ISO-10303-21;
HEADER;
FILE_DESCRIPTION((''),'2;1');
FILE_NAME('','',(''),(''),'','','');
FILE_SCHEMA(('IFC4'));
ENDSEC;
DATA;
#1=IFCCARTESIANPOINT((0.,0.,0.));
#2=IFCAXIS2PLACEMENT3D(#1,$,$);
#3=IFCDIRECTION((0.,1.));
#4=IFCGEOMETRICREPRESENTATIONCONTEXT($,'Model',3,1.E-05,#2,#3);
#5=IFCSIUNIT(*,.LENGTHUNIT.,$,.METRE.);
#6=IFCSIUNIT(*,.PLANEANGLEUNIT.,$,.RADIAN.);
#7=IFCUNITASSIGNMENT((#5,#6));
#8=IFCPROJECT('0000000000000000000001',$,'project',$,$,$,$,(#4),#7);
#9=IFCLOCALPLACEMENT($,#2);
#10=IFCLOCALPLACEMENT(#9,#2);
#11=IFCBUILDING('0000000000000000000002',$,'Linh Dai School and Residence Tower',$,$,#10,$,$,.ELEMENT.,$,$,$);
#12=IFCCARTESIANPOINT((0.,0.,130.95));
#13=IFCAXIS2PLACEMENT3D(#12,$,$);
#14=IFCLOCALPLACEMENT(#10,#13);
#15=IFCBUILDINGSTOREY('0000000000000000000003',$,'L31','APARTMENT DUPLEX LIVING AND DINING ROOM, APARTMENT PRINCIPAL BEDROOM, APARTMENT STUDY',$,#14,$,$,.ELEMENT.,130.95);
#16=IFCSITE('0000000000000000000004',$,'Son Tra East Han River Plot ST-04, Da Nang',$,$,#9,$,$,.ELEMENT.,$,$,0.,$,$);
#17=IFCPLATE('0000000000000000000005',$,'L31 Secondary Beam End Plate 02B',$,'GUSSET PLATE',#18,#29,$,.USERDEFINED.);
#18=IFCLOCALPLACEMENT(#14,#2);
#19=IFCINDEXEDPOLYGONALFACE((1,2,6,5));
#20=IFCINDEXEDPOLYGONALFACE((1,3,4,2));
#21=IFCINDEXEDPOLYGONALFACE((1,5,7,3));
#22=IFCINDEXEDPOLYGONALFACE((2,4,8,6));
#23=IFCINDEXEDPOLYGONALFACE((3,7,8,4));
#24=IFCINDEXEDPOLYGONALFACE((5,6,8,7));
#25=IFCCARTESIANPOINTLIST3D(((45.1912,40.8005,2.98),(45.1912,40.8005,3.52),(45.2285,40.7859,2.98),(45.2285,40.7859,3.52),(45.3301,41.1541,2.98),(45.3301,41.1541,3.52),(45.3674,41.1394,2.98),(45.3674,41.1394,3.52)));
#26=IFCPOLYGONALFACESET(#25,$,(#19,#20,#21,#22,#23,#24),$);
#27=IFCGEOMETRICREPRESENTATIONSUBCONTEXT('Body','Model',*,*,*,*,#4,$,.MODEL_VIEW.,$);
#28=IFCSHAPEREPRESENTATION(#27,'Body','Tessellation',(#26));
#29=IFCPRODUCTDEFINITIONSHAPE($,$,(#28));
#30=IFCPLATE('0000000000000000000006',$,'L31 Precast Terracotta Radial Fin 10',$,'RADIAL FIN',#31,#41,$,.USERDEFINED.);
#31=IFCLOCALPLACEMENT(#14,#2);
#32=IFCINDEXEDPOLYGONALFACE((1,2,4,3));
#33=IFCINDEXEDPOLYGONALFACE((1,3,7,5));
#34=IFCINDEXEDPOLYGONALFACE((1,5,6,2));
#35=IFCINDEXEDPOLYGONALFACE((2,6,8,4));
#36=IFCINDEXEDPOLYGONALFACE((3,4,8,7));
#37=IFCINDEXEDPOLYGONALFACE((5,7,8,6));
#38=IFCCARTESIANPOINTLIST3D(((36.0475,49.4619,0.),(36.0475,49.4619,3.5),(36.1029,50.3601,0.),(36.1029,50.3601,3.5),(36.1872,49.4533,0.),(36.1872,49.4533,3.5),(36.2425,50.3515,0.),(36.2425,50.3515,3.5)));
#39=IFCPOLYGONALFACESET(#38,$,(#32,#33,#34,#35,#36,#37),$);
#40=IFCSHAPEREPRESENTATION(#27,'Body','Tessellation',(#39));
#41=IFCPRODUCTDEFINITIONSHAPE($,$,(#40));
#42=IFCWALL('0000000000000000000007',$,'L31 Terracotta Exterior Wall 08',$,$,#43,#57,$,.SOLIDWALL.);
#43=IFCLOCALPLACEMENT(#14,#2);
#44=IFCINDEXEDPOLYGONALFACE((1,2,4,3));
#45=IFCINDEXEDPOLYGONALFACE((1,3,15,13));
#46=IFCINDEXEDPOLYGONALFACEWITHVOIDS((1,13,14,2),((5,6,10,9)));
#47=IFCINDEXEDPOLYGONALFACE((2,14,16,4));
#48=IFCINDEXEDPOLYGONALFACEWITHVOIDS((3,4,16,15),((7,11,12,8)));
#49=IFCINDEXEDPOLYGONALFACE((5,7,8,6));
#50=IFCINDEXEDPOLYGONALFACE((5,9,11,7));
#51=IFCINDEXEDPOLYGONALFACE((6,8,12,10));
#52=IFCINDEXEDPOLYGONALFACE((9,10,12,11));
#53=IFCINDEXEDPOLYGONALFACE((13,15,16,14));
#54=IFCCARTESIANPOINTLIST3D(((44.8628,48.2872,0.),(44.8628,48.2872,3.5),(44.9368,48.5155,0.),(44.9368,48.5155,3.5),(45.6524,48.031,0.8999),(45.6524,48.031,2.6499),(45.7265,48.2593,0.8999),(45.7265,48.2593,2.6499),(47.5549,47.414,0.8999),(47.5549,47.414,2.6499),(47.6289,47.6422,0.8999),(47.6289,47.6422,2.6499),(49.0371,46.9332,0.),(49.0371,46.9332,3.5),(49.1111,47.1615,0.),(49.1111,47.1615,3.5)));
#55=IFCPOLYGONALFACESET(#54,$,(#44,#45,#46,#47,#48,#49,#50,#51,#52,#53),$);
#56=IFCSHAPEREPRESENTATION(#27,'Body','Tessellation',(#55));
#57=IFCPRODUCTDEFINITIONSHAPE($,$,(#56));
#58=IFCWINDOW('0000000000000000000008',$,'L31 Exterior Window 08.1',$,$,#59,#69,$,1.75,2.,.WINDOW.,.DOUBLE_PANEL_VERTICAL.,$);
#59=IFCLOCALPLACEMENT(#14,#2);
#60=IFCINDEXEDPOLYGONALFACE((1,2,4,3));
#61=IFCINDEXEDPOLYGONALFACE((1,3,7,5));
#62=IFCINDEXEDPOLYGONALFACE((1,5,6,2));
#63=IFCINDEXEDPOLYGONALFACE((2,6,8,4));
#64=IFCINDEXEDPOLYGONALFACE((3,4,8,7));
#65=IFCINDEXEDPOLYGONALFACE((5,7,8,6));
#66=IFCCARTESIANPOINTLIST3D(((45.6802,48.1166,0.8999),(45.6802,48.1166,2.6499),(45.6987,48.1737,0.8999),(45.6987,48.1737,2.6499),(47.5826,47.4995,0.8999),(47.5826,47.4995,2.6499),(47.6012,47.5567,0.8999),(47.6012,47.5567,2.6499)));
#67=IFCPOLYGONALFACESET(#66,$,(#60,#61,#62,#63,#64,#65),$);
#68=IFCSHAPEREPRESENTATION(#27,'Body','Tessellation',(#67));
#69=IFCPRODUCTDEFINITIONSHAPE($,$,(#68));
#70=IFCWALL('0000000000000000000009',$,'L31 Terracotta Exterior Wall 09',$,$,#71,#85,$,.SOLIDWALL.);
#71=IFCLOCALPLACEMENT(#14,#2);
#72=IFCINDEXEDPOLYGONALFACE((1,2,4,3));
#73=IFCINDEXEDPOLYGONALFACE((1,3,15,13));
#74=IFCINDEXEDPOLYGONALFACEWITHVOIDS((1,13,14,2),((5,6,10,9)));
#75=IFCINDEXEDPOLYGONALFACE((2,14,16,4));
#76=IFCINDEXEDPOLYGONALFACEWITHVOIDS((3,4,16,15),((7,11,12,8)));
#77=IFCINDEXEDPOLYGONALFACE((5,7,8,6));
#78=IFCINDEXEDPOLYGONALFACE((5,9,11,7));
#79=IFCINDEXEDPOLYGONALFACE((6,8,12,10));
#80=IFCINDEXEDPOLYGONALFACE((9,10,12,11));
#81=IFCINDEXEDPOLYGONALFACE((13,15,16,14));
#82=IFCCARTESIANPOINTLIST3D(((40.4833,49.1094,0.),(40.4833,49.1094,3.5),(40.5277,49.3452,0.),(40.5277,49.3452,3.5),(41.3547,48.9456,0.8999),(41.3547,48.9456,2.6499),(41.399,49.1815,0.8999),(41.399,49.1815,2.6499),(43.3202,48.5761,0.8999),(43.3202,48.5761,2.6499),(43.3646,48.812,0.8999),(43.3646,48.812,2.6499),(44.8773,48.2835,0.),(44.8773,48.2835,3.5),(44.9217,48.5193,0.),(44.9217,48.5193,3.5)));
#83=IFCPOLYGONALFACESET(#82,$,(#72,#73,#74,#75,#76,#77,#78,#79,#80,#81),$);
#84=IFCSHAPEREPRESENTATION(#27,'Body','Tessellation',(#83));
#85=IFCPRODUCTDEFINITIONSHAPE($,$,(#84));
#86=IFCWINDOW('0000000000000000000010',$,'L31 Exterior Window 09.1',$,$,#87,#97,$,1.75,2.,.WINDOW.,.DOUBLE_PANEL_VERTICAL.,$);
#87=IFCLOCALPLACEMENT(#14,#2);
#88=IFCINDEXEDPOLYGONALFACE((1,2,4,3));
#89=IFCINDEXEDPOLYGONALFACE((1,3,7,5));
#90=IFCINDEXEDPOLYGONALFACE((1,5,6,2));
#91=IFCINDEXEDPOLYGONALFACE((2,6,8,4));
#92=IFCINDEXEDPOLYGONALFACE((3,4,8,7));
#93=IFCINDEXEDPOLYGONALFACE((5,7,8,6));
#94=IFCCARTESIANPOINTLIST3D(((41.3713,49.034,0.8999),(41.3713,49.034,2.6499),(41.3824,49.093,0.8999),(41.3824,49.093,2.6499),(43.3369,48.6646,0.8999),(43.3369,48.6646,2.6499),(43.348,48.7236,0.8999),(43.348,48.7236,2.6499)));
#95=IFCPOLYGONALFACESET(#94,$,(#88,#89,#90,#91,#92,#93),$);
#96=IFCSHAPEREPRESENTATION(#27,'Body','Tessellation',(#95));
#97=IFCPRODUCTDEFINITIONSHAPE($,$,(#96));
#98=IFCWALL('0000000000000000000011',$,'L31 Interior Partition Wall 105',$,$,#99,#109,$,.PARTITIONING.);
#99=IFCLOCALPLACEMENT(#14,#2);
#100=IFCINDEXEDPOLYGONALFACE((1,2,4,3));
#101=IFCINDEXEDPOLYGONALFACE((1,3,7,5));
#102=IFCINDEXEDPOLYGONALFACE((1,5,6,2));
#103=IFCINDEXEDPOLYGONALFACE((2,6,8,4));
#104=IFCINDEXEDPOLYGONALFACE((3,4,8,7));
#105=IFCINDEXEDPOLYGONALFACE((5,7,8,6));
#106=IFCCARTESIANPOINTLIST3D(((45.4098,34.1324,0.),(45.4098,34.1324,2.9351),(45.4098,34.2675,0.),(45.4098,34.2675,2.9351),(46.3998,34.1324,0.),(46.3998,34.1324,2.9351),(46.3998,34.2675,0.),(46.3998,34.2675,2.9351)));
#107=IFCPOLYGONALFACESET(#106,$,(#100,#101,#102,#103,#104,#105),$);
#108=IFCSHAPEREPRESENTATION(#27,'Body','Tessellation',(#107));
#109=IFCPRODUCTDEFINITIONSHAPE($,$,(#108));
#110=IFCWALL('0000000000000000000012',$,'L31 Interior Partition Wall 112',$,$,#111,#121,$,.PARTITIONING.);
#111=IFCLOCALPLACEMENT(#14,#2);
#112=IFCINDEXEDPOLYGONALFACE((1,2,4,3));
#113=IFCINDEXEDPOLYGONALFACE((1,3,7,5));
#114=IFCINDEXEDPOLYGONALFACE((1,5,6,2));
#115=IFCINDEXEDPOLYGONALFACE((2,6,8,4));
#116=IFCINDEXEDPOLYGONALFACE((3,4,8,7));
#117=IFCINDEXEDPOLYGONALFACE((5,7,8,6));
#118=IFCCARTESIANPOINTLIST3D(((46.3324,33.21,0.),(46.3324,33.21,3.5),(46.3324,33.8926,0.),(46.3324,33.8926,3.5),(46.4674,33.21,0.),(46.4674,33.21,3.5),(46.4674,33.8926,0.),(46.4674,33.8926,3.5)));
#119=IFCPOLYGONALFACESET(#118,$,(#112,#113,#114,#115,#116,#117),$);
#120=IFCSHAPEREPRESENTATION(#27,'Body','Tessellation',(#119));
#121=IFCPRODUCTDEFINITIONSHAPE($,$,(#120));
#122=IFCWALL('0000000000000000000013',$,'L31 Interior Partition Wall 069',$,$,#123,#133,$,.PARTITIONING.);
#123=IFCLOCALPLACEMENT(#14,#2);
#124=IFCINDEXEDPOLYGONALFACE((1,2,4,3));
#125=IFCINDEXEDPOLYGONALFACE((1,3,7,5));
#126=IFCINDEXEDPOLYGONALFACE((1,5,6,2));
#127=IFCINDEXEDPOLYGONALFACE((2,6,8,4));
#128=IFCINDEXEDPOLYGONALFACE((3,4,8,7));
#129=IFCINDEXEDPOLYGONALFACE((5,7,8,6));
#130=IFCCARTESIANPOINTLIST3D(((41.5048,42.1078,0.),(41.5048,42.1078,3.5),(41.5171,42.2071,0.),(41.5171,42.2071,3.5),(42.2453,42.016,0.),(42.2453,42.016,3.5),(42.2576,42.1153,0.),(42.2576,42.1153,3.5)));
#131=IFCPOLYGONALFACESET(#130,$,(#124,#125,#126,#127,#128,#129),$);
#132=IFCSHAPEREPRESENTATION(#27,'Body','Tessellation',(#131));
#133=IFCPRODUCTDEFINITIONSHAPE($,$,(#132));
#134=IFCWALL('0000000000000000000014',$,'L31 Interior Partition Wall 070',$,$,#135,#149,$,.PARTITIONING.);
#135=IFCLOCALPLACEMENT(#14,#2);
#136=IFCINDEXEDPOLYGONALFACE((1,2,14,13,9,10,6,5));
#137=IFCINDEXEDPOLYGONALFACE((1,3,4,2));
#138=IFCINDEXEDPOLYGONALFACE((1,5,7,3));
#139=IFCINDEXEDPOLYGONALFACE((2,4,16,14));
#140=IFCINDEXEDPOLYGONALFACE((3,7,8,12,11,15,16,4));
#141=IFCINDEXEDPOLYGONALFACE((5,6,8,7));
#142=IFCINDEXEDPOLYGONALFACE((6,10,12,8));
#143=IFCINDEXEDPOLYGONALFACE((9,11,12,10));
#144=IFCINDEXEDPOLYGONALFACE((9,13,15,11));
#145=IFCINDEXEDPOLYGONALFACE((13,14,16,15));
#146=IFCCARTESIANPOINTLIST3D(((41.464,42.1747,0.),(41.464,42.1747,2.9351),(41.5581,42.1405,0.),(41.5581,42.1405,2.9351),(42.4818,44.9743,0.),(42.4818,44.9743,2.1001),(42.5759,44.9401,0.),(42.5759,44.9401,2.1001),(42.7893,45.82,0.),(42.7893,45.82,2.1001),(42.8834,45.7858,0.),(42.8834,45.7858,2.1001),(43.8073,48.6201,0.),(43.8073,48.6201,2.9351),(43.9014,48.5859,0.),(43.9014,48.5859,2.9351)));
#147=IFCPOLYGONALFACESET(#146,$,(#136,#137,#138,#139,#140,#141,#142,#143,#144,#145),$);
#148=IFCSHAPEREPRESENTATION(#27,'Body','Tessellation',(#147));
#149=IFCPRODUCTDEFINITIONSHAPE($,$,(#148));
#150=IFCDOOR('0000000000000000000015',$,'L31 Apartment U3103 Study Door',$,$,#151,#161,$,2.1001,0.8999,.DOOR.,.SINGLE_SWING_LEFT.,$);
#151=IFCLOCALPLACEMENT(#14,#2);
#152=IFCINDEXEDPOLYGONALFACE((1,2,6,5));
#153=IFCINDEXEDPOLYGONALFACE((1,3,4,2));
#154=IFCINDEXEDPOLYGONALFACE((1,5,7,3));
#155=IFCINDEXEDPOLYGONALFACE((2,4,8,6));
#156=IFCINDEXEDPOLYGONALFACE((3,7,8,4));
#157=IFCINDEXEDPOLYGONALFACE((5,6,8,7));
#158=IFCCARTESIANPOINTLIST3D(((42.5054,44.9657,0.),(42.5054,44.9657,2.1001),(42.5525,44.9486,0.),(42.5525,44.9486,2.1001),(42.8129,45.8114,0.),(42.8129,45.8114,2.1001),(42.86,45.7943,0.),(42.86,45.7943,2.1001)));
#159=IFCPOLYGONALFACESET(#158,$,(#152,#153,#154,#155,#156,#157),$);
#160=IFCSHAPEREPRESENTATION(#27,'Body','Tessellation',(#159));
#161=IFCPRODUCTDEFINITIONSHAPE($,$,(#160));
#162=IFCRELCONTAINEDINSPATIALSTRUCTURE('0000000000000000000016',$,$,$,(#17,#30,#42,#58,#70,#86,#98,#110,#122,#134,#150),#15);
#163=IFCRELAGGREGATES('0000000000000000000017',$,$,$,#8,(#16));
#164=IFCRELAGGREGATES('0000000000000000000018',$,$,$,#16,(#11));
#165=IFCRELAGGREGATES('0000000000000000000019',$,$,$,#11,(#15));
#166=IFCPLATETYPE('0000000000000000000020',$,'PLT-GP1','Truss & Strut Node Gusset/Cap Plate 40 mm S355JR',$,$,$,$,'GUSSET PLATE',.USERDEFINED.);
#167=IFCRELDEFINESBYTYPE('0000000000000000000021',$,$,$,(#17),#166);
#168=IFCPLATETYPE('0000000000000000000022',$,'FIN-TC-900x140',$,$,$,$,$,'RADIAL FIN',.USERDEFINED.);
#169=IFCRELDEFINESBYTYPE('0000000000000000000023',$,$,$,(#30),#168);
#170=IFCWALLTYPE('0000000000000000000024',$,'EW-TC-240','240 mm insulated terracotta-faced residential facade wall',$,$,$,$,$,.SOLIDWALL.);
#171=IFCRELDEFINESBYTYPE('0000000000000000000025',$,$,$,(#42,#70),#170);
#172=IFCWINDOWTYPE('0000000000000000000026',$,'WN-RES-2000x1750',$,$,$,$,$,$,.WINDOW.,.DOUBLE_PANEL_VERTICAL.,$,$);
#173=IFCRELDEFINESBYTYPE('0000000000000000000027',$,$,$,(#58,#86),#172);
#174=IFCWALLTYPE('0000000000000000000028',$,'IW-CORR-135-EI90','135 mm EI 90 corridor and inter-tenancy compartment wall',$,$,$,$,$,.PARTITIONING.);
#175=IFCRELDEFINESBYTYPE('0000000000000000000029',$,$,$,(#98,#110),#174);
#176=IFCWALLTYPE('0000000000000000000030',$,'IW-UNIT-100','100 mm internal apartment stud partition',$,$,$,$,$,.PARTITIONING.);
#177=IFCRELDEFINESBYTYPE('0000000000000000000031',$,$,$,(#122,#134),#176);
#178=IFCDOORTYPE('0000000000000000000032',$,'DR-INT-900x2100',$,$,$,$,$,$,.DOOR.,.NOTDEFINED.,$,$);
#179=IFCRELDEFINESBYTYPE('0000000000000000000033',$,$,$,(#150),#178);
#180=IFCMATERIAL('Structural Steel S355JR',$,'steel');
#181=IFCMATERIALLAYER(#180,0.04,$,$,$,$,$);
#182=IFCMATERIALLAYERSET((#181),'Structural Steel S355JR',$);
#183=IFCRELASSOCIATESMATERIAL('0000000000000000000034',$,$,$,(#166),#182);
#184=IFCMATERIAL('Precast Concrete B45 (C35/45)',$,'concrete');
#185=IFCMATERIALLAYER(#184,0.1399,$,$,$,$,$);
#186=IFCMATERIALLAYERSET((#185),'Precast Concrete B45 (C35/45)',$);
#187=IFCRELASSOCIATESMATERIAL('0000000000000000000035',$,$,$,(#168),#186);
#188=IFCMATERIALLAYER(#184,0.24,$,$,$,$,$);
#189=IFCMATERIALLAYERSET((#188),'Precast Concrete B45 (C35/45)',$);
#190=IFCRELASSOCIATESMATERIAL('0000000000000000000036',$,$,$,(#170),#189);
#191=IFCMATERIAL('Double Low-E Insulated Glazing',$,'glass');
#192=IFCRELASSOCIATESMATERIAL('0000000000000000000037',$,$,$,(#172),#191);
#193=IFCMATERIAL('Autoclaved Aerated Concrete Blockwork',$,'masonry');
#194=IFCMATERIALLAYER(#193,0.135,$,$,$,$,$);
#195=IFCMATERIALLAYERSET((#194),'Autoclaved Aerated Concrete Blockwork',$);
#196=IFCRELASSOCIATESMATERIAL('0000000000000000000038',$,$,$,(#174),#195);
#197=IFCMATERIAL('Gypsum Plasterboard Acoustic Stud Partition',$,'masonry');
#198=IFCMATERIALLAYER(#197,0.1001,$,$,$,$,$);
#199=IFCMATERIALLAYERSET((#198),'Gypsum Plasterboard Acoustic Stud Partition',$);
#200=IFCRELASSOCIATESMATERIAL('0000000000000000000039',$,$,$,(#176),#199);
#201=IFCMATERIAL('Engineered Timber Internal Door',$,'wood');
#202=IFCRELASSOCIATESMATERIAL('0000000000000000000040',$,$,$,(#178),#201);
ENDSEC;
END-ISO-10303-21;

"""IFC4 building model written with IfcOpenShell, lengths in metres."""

from ifc_helpers import new_model, si_unit, direction, frame, frame_2d, origin, origin_2d, place, context, subcontext, project, spatial, rectangle, extrude, source, transform, mapped, material, layer, layer_set, type_object, element, fill, save


model = new_model("IFC4")

# Units and contexts
model_context = context("Model", 3, precision=1e-05, world=origin(), true_north=direction((0.0, 1.0)))
body_context = subcontext(model_context, "Body", "Model", "MODEL_VIEW")
ifc_project = project(units=[si_unit("LENGTHUNIT", "METRE"), si_unit("PLANEANGLEUNIT", "RADIAN")], contexts=[model_context])

# Site, building, storey
site_placement = place(None, origin())
site = spatial("IfcSite", under=ifc_project, at=site_placement, Name="Son Tra East Han River Plot ST-04, Da Nang", CompositionType="ELEMENT", RefElevation=0.0)
building_placement = place(site_placement, origin())
building = spatial("IfcBuilding", under=site, at=building_placement, Name="Linh Dai School and Residence Tower", CompositionType="ELEMENT")
storey_placement = place(building_placement, frame((0.0, 0.0, 130.95)))
storey = spatial("IfcBuildingStorey", under=building, at=storey_placement, Name="L31", Description="APARTMENT DUPLEX LIVING AND DINING ROOM, APARTMENT PRINCIPAL BEDROOM, APARTMENT STUDY", CompositionType="ELEMENT", Elevation=130.95)

# Shared definitions
ifc_material_1 = material(Name="Structural Steel S355JR", Category="steel")

# Plates
ifc_layer_1 = layer(ifc_material_1, 0.04)
ifc_layer_set_1 = layer_set([ifc_layer_1], Name="Structural Steel S355JR")
plate_type_1 = type_object("IfcPlateType", Name="PLT-GP1", Description="Truss & Strut Node Gusset/Cap Plate 40 mm S355JR", ElementType="GUSSET PLATE", PredefinedType="USERDEFINED", material=ifc_layer_set_1)
shared_shape_1 = source(origin(), body_context, "Body", "SweptSolid", [
    extrude(rectangle(XDim=0.04, YDim=0.3799, at=origin_2d()), origin(), (0.0, 0.0, 1.0), 0.54),
])
plate_1_placement = place(storey_placement, frame((45.2793, 40.97, 2.98), z_axis=(0.0, 0.0, 1.0), x_axis=(-0.930752, 0.36565, 0.0)))
element("IfcPlate", 1, at=plate_1_placement, inside=storey, type_object=plate_type_1, Name="L31 Secondary Beam End Plate 02B", ObjectType="GUSSET PLATE", PredefinedType="USERDEFINED", context=body_context, shape_type="MappedRepresentation", body=[
    mapped(shared_shape_1, transform((0.0, 0.0, 0.0), x_axis=(1.0, 0.0, 0.0), y_axis=(0.0, 1.0, 0.0), z_axis=(0.0, 0.0, 1.0), scale=1.0)),
])
ifc_material_2 = material(Name="Precast Concrete B45 (C35/45)", Category="concrete")
ifc_layer_2 = layer(ifc_material_2, 0.1399)
ifc_layer_set_2 = layer_set([ifc_layer_2], Name="Precast Concrete B45 (C35/45)")
plate_type_2 = type_object("IfcPlateType", Name="FIN-TC-900x140", ElementType="RADIAL FIN", PredefinedType="USERDEFINED", material=ifc_layer_set_2)
shared_shape_2 = source(origin(), body_context, "Body", "SweptSolid", [
    extrude(rectangle(XDim=0.8999, YDim=0.1399, at=origin_2d()), origin(), (0.0, 0.0, 1.0), 3.5),
])
plate_2_placement = place(storey_placement, frame((36.145, 49.9067, 0.0), z_axis=(0.0, 0.0, 1.0), x_axis=(0.061509, 0.998107, 0.0)))
element("IfcPlate", 2, at=plate_2_placement, inside=storey, type_object=plate_type_2, Name="L31 Precast Terracotta Radial Fin 10", ObjectType="RADIAL FIN", PredefinedType="USERDEFINED", context=body_context, shape_type="MappedRepresentation", body=[
    mapped(shared_shape_2, transform((0.0, 0.0, 0.0), x_axis=(1.0, 0.0, 0.0), y_axis=(0.0, 1.0, 0.0), z_axis=(0.0, 0.0, 1.0), scale=1.0)),
])

# Walls, openings, windows
ifc_layer_3 = layer(ifc_material_2, 0.24)
ifc_layer_set_3 = layer_set([ifc_layer_3], Name="Precast Concrete B45 (C35/45)")
wall_type_1 = type_object("IfcWallType", Name="EW-TC-240", Description="240 mm insulated terracotta-faced residential facade wall", PredefinedType="SOLIDWALL", material=ifc_layer_set_3)
wall_1_placement = place(storey_placement, frame((44.8997, 48.4014, 0.0), z_axis=(0.0, 0.0, 1.0), x_axis=(0.951211, -0.30854, 0.0)))
wall_1 = element("IfcWall", 3, at=wall_1_placement, inside=storey, type_object=wall_type_1, Name="L31 Terracotta Exterior Wall 08", PredefinedType="SOLIDWALL", context=body_context, shape_type="SweptSolid", body=[
    extrude(rectangle(XDim=4.3884, YDim=0.24, at=frame_2d((2.1943, 0.0))), origin(), (0.0, 0.0, 1.0), 3.5),
])
opening_1_placement = place(wall_1_placement, frame((0.8303, 0.0, 0.8999)))
opening_1 = element("IfcOpeningElement", 4, at=opening_1_placement, cuts=wall_1, PredefinedType="OPENING", context=body_context, shape_type="SweptSolid", body=[
    extrude(rectangle(XDim=2.0, YDim=1.75, at=origin_2d()), frame((1.0, 0.1299, 0.875), z_axis=(0.0, -1.0, 0.0), x_axis=(1.0, 0.0, 0.0)), (0.0, 0.0, 1.0), 0.26),
])
ifc_material_3 = material(Name="Double Low-E Insulated Glazing", Category="glass")
window_type = type_object("IfcWindowType", Name="WN-RES-2000x1750", PartitioningType="DOUBLE_PANEL_VERTICAL", PredefinedType="WINDOW", material=ifc_material_3)
shared_shape_3 = source(origin(), body_context, "Body", "SweptSolid", [
    extrude(rectangle(XDim=2.0, YDim=1.75, at=origin_2d()), frame((1.0, 0.03, 0.875), z_axis=(0.0, -1.0, 0.0), x_axis=(1.0, 0.0, 0.0)), (0.0, 0.0, 1.0), 0.0601),
])
window_1_placement = place(opening_1_placement, origin())
window_1 = element("IfcWindow", 5, at=window_1_placement, inside=storey, type_object=window_type, Name="L31 Exterior Window 08.1", OverallHeight=1.75, OverallWidth=2.0, PartitioningType="DOUBLE_PANEL_VERTICAL", PredefinedType="WINDOW", context=body_context, shape_type="MappedRepresentation", body=[
    mapped(shared_shape_3, transform((0.0, 0.0, 0.0), x_axis=(1.0, 0.0, 0.0), y_axis=(0.0, 1.0, 0.0), z_axis=(0.0, 0.0, 1.0), scale=1.0)),
])
fill(opening_1, window_1)
wall_2_placement = place(storey_placement, frame((40.5056, 49.2273, 0.0), z_axis=(0.0, 0.0, 1.0), x_axis=(0.982789, -0.18473, 0.0)))
wall_2 = element("IfcWall", 6, at=wall_2_placement, inside=storey, type_object=wall_type_1, Name="L31 Terracotta Exterior Wall 09", PredefinedType="SOLIDWALL", context=body_context, shape_type="SweptSolid", body=[
    extrude(rectangle(XDim=4.4709, YDim=0.24, at=frame_2d((2.2354, 0.0))), origin(), (0.0, 0.0, 1.0), 3.5),
])
opening_2_placement = place(wall_2_placement, frame((0.8865, 0.0, 0.8999)))
opening_2 = element("IfcOpeningElement", 7, at=opening_2_placement, cuts=wall_2, PredefinedType="OPENING", context=body_context, shape_type="SweptSolid", body=[
    extrude(rectangle(XDim=2.0, YDim=1.75, at=origin_2d()), frame((1.0, 0.1299, 0.875), z_axis=(0.0, -1.0, 0.0), x_axis=(1.0, 0.0, 0.0)), (0.0, 0.0, 1.0), 0.26),
])
window_2_placement = place(opening_2_placement, origin())
window_2 = element("IfcWindow", 8, at=window_2_placement, inside=storey, type_object=window_type, Name="L31 Exterior Window 09.1", OverallHeight=1.75, OverallWidth=2.0, PartitioningType="DOUBLE_PANEL_VERTICAL", PredefinedType="WINDOW", context=body_context, shape_type="MappedRepresentation", body=[
    mapped(shared_shape_3, transform((0.0, 0.0, 0.0), x_axis=(1.0, 0.0, 0.0), y_axis=(0.0, 1.0, 0.0), z_axis=(0.0, 0.0, 1.0), scale=1.0)),
])
fill(opening_2, window_2)

# Walls
ifc_material_4 = material(Name="Autoclaved Aerated Concrete Blockwork", Category="masonry")
ifc_layer_4 = layer(ifc_material_4, 0.135)
ifc_layer_set_4 = layer_set([ifc_layer_4], Name="Autoclaved Aerated Concrete Blockwork")
wall_type_2 = type_object("IfcWallType", Name="IW-CORR-135-EI90", Description="135 mm EI 90 corridor and inter-tenancy compartment wall", PredefinedType="PARTITIONING", material=ifc_layer_set_4)
wall_3_placement = place(storey_placement, frame((46.3999, 34.2, 0.0), z_axis=(0.0, 0.0, 1.0), x_axis=(-1.0, 0.0, 0.0)))
element("IfcWall", 9, at=wall_3_placement, inside=storey, type_object=wall_type_2, Name="L31 Interior Partition Wall 105", PredefinedType="PARTITIONING", context=body_context, shape_type="SweptSolid", body=[
    extrude(rectangle(XDim=0.99, YDim=0.135, at=frame_2d((0.4951, 0.0))), origin(), (0.0, 0.0, 1.0), 2.9351),
])
wall_4_placement = place(storey_placement, frame((46.3999, 33.21, 0.0), z_axis=(0.0, 0.0, 1.0), x_axis=(0.0, 1.0, 0.0)))
element("IfcWall", 10, at=wall_4_placement, inside=storey, type_object=wall_type_2, Name="L31 Interior Partition Wall 112", PredefinedType="PARTITIONING", context=body_context, shape_type="SweptSolid", body=[
    extrude(rectangle(XDim=0.6826, YDim=0.135, at=frame_2d((0.3413, 0.0))), origin(), (0.0, 0.0, 1.0), 3.5),
])
ifc_material_5 = material(Name="Gypsum Plasterboard Acoustic Stud Partition", Category="masonry")
ifc_layer_5 = layer(ifc_material_5, 0.1001)
ifc_layer_set_5 = layer_set([ifc_layer_5], Name="Gypsum Plasterboard Acoustic Stud Partition")
wall_type_3 = type_object("IfcWallType", Name="IW-UNIT-100", Description="100 mm internal apartment stud partition", PredefinedType="PARTITIONING", material=ifc_layer_set_5)
wall_5_placement = place(storey_placement, frame((41.511, 42.1575, 0.0), z_axis=(0.0, 0.0, 1.0), x_axis=(0.992403, -0.123028, 0.0)))
element("IfcWall", 11, at=wall_5_placement, inside=storey, type_object=wall_type_3, Name="L31 Interior Partition Wall 069", PredefinedType="PARTITIONING", context=body_context, shape_type="SweptSolid", body=[
    extrude(rectangle(XDim=0.7461, YDim=0.1001, at=frame_2d((0.373, 0.0))), origin(), (0.0, 0.0, 1.0), 3.5),
])

# Wall, opening, door
wall_6_placement = place(storey_placement, frame((41.511, 42.1575, 0.0), z_axis=(0.0, 0.0, 1.0), x_axis=(0.34168, 0.939816, 0.0)))
wall_6 = element("IfcWall", 12, at=wall_6_placement, inside=storey, type_object=wall_type_3, Name="L31 Interior Partition Wall 070", PredefinedType="PARTITIONING", context=body_context, shape_type="SweptSolid", body=[
    extrude(rectangle(XDim=6.8582, YDim=0.1001, at=frame_2d((3.4292, 0.0))), origin(), (0.0, 0.0, 1.0), 2.9351),
])
opening_3_placement = place(wall_6_placement, frame((2.979, 0.0, 0.0)))
opening_3 = element("IfcOpeningElement", 13, at=opening_3_placement, cuts=wall_6, PredefinedType="OPENING", context=body_context, shape_type="SweptSolid", body=[
    extrude(rectangle(XDim=0.8999, YDim=2.1001, at=origin_2d()), frame((0.45, 0.0601, 1.05), z_axis=(0.0, -1.0, 0.0), x_axis=(1.0, 0.0, 0.0)), (0.0, 0.0, 1.0), 0.1201),
])
ifc_material_6 = material(Name="Engineered Timber Internal Door", Category="wood")
door_type_1 = type_object("IfcDoorType", Name="DR-INT-900x2100", OperationType="NOTDEFINED", PredefinedType="DOOR", material=ifc_material_6)
shared_shape_4 = source(origin(), body_context, "Body", "SweptSolid", [
    extrude(rectangle(XDim=0.8999, YDim=2.1001, at=origin_2d()), frame((0.45, 0.0249, 1.05), z_axis=(0.0, -1.0, 0.0), x_axis=(1.0, 0.0, 0.0)), (0.0, 0.0, 1.0), 0.05),
])
door_1_placement = place(opening_3_placement, origin())
door_1 = element("IfcDoor", 14, at=door_1_placement, inside=storey, type_object=door_type_1, Name="L31 Apartment U3103 Study Door", OperationType="SINGLE_SWING_LEFT", OverallHeight=2.1001, OverallWidth=0.8999, PredefinedType="DOOR", context=body_context, shape_type="MappedRepresentation", body=[
    mapped(shared_shape_4, transform((0.0, 0.0, 0.0), x_axis=(1.0, 0.0, 0.0), y_axis=(0.0, 1.0, 0.0), z_axis=(0.0, 0.0, 1.0), scale=1.0)),
])
fill(opening_3, door_1)

save(model, "model.ifc")
